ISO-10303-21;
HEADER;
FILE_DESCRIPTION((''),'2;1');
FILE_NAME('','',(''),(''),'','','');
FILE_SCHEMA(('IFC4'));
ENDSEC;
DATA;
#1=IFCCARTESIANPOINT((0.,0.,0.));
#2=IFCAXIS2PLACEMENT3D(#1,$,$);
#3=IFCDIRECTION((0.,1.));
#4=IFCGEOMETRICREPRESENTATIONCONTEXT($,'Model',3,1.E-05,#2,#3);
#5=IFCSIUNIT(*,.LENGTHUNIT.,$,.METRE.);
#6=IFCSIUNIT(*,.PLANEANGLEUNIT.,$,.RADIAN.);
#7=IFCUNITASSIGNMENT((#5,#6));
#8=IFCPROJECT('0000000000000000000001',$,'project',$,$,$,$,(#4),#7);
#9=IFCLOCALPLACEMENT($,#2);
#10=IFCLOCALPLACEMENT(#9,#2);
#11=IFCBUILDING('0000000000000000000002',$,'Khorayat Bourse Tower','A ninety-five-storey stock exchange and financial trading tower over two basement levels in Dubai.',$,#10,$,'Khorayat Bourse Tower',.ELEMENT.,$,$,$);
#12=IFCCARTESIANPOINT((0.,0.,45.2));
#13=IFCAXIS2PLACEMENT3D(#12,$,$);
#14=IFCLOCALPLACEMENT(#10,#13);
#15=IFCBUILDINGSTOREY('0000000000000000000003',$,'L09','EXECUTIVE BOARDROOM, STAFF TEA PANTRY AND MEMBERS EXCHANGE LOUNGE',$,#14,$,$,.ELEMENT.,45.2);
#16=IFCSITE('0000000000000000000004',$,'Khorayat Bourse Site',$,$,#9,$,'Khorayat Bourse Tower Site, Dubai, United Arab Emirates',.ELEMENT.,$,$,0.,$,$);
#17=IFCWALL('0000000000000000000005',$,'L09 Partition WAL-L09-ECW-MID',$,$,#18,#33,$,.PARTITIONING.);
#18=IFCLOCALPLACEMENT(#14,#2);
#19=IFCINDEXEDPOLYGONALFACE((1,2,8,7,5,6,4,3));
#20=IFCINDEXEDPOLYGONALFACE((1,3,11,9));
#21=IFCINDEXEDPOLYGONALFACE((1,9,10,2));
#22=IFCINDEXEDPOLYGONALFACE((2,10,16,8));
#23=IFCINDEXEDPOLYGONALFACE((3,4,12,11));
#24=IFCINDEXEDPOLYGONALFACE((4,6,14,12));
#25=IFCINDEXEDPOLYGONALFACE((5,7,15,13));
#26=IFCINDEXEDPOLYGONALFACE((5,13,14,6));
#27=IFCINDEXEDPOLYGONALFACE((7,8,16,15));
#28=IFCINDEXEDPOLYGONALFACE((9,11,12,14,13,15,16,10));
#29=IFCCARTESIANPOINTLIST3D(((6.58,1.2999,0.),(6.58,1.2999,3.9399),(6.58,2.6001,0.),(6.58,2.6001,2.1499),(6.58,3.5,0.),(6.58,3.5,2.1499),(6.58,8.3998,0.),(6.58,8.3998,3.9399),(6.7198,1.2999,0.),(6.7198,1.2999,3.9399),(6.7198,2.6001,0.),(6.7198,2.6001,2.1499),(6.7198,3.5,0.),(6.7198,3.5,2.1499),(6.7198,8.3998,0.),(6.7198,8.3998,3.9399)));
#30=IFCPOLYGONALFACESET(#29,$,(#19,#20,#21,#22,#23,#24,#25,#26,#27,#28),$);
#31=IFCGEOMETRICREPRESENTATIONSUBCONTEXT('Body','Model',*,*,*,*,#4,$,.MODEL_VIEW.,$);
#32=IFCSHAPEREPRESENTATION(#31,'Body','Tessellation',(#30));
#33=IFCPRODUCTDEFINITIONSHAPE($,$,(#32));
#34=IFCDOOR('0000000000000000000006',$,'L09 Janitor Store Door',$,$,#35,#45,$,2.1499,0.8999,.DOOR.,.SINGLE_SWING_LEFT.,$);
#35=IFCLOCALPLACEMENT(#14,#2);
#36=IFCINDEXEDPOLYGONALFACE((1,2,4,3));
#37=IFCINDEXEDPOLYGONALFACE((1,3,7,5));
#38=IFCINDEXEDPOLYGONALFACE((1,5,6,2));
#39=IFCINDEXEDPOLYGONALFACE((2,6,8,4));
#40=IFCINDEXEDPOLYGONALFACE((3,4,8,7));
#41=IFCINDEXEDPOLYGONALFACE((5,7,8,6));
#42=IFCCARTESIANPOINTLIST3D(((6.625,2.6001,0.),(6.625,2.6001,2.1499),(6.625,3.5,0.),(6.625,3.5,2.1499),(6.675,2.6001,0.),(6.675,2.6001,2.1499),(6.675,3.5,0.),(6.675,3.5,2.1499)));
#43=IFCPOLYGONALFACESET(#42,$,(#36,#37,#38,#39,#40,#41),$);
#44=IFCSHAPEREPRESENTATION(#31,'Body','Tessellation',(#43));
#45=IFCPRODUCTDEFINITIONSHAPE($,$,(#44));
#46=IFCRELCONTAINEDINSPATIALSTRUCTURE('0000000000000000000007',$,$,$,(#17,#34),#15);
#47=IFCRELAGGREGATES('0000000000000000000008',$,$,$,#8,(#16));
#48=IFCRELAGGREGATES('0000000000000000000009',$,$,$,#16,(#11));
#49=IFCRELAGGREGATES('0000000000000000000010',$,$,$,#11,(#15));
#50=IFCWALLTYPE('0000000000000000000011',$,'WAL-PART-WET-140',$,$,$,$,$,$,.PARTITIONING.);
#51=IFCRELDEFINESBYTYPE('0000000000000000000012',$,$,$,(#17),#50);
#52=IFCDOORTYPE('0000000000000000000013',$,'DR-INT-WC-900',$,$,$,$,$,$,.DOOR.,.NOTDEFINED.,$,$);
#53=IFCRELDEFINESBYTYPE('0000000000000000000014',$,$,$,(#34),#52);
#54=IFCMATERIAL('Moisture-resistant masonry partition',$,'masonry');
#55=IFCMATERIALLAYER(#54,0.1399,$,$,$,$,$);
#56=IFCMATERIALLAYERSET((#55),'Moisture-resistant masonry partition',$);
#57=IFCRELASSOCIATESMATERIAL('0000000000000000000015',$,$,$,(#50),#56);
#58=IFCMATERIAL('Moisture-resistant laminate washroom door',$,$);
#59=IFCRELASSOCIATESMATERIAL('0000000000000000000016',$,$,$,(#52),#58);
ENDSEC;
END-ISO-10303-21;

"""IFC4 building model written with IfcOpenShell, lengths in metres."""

from ifc_helpers import new_model, si_unit, direction, frame, frame_2d, origin, place, context, subcontext, project, spatial, rectangle, extrude, source, transform, mapped, material, layer, layer_set, type_object, element, fill, save


model = new_model("IFC4")

# Units and contexts
model_context = context("Model", 3, precision=1e-05, world=origin(), true_north=direction((0.0, 1.0)))
body_context = subcontext(model_context, "Body", "Model", "MODEL_VIEW")
ifc_project = project(units=[si_unit("LENGTHUNIT", "METRE"), si_unit("PLANEANGLEUNIT", "RADIAN")], contexts=[model_context])

# Site, building, storey
site_placement = place(None, origin())
site = spatial("IfcSite", under=ifc_project, at=site_placement, Name="Khorayat Bourse Site", LongName="Khorayat Bourse Tower Site, Dubai, United Arab Emirates", CompositionType="ELEMENT", RefElevation=0.0)
building_placement = place(site_placement, origin())
building = spatial("IfcBuilding", under=site, at=building_placement, Name="Khorayat Bourse Tower", Description="A ninety-five-storey stock exchange and financial trading tower over two basement levels in Dubai.", LongName="Khorayat Bourse Tower", CompositionType="ELEMENT")
storey_placement = place(building_placement, frame((0.0, 0.0, 45.2)))
storey = spatial("IfcBuildingStorey", under=building, at=storey_placement, Name="L09", Description="EXECUTIVE BOARDROOM, STAFF TEA PANTRY AND MEMBERS EXCHANGE LOUNGE", CompositionType="ELEMENT", Elevation=45.2)

# Shared definitions
ifc_material_1 = material(Name="Moisture-resistant masonry partition", Category="masonry")
ifc_layer_1 = layer(ifc_material_1, 0.1399)
ifc_layer_set_1 = layer_set([ifc_layer_1], Name="Moisture-resistant masonry partition")
wall_type_1 = type_object("IfcWallType", Name="WAL-PART-WET-140", PredefinedType="PARTITIONING", material=ifc_layer_set_1)

# Wall, opening, door
shared_shape_1 = source(origin(), body_context, "Body", "SweptSolid", [
    extrude(rectangle(XDim=7.0999, YDim=0.1399, at=frame_2d((3.5498, 0.0))), origin(), (0.0, 0.0, 1.0), 3.9399),
])
wall_1_placement = place(storey_placement, frame((6.6499, 1.3, 0.0), z_axis=(0.0, 0.0, 1.0), x_axis=(0.0, 1.0, 0.0)))
wall_1 = element("IfcWall", 1, at=wall_1_placement, inside=storey, type_object=wall_type_1, Name="L09 Partition WAL-L09-ECW-MID", PredefinedType="PARTITIONING", context=body_context, shape_type="MappedRepresentation", body=[
    mapped(shared_shape_1, transform((0.0, 0.0, 0.0), scale=1.0)),
])
shared_shape_2 = source(origin(), body_context, "Body", "SweptSolid", [
    extrude(rectangle(XDim=0.8999, YDim=2.1499, at=frame_2d((0.45, 1.075))), frame((0.0, 0.0798, 0.0), z_axis=(0.0, -1.0, 0.0), x_axis=(1.0, 0.0, 0.0)), (0.0, 0.0, 1.0), 0.1599),
])
opening_placement = place(wall_1_placement, frame((1.3, 0.0, 0.0)))
opening = element("IfcOpeningElement", 2, at=opening_placement, cuts=wall_1, PredefinedType="OPENING", context=body_context, shape_type="MappedRepresentation", body=[
    mapped(shared_shape_2, transform((0.0, 0.0, 0.0), scale=1.0)),
])
ifc_material_2 = material(Name="Moisture-resistant laminate washroom door")
door_type = type_object("IfcDoorType", Name="DR-INT-WC-900", OperationType="NOTDEFINED", PredefinedType="DOOR", material=ifc_material_2)
shared_shape_3 = source(origin(), body_context, "Body", "SweptSolid", [
    extrude(rectangle(XDim=0.8999, YDim=2.1499, at=frame_2d((0.45, 1.075))), frame((0.0, 0.0249, 0.0), z_axis=(0.0, -1.0, 0.0), x_axis=(1.0, 0.0, 0.0)), (0.0, 0.0, 1.0), 0.05),
])
door_placement = place(opening_placement, origin())
door = element("IfcDoor", 3, at=door_placement, inside=storey, type_object=door_type, Name="L09 Janitor Store Door", OperationType="SINGLE_SWING_LEFT", OverallHeight=2.1499, OverallWidth=0.8999, PredefinedType="DOOR", context=body_context, shape_type="MappedRepresentation", body=[
    mapped(shared_shape_3, transform((0.0, 0.0, 0.0), scale=1.0)),
])
fill(opening, door)

save(model, "model.ifc")
